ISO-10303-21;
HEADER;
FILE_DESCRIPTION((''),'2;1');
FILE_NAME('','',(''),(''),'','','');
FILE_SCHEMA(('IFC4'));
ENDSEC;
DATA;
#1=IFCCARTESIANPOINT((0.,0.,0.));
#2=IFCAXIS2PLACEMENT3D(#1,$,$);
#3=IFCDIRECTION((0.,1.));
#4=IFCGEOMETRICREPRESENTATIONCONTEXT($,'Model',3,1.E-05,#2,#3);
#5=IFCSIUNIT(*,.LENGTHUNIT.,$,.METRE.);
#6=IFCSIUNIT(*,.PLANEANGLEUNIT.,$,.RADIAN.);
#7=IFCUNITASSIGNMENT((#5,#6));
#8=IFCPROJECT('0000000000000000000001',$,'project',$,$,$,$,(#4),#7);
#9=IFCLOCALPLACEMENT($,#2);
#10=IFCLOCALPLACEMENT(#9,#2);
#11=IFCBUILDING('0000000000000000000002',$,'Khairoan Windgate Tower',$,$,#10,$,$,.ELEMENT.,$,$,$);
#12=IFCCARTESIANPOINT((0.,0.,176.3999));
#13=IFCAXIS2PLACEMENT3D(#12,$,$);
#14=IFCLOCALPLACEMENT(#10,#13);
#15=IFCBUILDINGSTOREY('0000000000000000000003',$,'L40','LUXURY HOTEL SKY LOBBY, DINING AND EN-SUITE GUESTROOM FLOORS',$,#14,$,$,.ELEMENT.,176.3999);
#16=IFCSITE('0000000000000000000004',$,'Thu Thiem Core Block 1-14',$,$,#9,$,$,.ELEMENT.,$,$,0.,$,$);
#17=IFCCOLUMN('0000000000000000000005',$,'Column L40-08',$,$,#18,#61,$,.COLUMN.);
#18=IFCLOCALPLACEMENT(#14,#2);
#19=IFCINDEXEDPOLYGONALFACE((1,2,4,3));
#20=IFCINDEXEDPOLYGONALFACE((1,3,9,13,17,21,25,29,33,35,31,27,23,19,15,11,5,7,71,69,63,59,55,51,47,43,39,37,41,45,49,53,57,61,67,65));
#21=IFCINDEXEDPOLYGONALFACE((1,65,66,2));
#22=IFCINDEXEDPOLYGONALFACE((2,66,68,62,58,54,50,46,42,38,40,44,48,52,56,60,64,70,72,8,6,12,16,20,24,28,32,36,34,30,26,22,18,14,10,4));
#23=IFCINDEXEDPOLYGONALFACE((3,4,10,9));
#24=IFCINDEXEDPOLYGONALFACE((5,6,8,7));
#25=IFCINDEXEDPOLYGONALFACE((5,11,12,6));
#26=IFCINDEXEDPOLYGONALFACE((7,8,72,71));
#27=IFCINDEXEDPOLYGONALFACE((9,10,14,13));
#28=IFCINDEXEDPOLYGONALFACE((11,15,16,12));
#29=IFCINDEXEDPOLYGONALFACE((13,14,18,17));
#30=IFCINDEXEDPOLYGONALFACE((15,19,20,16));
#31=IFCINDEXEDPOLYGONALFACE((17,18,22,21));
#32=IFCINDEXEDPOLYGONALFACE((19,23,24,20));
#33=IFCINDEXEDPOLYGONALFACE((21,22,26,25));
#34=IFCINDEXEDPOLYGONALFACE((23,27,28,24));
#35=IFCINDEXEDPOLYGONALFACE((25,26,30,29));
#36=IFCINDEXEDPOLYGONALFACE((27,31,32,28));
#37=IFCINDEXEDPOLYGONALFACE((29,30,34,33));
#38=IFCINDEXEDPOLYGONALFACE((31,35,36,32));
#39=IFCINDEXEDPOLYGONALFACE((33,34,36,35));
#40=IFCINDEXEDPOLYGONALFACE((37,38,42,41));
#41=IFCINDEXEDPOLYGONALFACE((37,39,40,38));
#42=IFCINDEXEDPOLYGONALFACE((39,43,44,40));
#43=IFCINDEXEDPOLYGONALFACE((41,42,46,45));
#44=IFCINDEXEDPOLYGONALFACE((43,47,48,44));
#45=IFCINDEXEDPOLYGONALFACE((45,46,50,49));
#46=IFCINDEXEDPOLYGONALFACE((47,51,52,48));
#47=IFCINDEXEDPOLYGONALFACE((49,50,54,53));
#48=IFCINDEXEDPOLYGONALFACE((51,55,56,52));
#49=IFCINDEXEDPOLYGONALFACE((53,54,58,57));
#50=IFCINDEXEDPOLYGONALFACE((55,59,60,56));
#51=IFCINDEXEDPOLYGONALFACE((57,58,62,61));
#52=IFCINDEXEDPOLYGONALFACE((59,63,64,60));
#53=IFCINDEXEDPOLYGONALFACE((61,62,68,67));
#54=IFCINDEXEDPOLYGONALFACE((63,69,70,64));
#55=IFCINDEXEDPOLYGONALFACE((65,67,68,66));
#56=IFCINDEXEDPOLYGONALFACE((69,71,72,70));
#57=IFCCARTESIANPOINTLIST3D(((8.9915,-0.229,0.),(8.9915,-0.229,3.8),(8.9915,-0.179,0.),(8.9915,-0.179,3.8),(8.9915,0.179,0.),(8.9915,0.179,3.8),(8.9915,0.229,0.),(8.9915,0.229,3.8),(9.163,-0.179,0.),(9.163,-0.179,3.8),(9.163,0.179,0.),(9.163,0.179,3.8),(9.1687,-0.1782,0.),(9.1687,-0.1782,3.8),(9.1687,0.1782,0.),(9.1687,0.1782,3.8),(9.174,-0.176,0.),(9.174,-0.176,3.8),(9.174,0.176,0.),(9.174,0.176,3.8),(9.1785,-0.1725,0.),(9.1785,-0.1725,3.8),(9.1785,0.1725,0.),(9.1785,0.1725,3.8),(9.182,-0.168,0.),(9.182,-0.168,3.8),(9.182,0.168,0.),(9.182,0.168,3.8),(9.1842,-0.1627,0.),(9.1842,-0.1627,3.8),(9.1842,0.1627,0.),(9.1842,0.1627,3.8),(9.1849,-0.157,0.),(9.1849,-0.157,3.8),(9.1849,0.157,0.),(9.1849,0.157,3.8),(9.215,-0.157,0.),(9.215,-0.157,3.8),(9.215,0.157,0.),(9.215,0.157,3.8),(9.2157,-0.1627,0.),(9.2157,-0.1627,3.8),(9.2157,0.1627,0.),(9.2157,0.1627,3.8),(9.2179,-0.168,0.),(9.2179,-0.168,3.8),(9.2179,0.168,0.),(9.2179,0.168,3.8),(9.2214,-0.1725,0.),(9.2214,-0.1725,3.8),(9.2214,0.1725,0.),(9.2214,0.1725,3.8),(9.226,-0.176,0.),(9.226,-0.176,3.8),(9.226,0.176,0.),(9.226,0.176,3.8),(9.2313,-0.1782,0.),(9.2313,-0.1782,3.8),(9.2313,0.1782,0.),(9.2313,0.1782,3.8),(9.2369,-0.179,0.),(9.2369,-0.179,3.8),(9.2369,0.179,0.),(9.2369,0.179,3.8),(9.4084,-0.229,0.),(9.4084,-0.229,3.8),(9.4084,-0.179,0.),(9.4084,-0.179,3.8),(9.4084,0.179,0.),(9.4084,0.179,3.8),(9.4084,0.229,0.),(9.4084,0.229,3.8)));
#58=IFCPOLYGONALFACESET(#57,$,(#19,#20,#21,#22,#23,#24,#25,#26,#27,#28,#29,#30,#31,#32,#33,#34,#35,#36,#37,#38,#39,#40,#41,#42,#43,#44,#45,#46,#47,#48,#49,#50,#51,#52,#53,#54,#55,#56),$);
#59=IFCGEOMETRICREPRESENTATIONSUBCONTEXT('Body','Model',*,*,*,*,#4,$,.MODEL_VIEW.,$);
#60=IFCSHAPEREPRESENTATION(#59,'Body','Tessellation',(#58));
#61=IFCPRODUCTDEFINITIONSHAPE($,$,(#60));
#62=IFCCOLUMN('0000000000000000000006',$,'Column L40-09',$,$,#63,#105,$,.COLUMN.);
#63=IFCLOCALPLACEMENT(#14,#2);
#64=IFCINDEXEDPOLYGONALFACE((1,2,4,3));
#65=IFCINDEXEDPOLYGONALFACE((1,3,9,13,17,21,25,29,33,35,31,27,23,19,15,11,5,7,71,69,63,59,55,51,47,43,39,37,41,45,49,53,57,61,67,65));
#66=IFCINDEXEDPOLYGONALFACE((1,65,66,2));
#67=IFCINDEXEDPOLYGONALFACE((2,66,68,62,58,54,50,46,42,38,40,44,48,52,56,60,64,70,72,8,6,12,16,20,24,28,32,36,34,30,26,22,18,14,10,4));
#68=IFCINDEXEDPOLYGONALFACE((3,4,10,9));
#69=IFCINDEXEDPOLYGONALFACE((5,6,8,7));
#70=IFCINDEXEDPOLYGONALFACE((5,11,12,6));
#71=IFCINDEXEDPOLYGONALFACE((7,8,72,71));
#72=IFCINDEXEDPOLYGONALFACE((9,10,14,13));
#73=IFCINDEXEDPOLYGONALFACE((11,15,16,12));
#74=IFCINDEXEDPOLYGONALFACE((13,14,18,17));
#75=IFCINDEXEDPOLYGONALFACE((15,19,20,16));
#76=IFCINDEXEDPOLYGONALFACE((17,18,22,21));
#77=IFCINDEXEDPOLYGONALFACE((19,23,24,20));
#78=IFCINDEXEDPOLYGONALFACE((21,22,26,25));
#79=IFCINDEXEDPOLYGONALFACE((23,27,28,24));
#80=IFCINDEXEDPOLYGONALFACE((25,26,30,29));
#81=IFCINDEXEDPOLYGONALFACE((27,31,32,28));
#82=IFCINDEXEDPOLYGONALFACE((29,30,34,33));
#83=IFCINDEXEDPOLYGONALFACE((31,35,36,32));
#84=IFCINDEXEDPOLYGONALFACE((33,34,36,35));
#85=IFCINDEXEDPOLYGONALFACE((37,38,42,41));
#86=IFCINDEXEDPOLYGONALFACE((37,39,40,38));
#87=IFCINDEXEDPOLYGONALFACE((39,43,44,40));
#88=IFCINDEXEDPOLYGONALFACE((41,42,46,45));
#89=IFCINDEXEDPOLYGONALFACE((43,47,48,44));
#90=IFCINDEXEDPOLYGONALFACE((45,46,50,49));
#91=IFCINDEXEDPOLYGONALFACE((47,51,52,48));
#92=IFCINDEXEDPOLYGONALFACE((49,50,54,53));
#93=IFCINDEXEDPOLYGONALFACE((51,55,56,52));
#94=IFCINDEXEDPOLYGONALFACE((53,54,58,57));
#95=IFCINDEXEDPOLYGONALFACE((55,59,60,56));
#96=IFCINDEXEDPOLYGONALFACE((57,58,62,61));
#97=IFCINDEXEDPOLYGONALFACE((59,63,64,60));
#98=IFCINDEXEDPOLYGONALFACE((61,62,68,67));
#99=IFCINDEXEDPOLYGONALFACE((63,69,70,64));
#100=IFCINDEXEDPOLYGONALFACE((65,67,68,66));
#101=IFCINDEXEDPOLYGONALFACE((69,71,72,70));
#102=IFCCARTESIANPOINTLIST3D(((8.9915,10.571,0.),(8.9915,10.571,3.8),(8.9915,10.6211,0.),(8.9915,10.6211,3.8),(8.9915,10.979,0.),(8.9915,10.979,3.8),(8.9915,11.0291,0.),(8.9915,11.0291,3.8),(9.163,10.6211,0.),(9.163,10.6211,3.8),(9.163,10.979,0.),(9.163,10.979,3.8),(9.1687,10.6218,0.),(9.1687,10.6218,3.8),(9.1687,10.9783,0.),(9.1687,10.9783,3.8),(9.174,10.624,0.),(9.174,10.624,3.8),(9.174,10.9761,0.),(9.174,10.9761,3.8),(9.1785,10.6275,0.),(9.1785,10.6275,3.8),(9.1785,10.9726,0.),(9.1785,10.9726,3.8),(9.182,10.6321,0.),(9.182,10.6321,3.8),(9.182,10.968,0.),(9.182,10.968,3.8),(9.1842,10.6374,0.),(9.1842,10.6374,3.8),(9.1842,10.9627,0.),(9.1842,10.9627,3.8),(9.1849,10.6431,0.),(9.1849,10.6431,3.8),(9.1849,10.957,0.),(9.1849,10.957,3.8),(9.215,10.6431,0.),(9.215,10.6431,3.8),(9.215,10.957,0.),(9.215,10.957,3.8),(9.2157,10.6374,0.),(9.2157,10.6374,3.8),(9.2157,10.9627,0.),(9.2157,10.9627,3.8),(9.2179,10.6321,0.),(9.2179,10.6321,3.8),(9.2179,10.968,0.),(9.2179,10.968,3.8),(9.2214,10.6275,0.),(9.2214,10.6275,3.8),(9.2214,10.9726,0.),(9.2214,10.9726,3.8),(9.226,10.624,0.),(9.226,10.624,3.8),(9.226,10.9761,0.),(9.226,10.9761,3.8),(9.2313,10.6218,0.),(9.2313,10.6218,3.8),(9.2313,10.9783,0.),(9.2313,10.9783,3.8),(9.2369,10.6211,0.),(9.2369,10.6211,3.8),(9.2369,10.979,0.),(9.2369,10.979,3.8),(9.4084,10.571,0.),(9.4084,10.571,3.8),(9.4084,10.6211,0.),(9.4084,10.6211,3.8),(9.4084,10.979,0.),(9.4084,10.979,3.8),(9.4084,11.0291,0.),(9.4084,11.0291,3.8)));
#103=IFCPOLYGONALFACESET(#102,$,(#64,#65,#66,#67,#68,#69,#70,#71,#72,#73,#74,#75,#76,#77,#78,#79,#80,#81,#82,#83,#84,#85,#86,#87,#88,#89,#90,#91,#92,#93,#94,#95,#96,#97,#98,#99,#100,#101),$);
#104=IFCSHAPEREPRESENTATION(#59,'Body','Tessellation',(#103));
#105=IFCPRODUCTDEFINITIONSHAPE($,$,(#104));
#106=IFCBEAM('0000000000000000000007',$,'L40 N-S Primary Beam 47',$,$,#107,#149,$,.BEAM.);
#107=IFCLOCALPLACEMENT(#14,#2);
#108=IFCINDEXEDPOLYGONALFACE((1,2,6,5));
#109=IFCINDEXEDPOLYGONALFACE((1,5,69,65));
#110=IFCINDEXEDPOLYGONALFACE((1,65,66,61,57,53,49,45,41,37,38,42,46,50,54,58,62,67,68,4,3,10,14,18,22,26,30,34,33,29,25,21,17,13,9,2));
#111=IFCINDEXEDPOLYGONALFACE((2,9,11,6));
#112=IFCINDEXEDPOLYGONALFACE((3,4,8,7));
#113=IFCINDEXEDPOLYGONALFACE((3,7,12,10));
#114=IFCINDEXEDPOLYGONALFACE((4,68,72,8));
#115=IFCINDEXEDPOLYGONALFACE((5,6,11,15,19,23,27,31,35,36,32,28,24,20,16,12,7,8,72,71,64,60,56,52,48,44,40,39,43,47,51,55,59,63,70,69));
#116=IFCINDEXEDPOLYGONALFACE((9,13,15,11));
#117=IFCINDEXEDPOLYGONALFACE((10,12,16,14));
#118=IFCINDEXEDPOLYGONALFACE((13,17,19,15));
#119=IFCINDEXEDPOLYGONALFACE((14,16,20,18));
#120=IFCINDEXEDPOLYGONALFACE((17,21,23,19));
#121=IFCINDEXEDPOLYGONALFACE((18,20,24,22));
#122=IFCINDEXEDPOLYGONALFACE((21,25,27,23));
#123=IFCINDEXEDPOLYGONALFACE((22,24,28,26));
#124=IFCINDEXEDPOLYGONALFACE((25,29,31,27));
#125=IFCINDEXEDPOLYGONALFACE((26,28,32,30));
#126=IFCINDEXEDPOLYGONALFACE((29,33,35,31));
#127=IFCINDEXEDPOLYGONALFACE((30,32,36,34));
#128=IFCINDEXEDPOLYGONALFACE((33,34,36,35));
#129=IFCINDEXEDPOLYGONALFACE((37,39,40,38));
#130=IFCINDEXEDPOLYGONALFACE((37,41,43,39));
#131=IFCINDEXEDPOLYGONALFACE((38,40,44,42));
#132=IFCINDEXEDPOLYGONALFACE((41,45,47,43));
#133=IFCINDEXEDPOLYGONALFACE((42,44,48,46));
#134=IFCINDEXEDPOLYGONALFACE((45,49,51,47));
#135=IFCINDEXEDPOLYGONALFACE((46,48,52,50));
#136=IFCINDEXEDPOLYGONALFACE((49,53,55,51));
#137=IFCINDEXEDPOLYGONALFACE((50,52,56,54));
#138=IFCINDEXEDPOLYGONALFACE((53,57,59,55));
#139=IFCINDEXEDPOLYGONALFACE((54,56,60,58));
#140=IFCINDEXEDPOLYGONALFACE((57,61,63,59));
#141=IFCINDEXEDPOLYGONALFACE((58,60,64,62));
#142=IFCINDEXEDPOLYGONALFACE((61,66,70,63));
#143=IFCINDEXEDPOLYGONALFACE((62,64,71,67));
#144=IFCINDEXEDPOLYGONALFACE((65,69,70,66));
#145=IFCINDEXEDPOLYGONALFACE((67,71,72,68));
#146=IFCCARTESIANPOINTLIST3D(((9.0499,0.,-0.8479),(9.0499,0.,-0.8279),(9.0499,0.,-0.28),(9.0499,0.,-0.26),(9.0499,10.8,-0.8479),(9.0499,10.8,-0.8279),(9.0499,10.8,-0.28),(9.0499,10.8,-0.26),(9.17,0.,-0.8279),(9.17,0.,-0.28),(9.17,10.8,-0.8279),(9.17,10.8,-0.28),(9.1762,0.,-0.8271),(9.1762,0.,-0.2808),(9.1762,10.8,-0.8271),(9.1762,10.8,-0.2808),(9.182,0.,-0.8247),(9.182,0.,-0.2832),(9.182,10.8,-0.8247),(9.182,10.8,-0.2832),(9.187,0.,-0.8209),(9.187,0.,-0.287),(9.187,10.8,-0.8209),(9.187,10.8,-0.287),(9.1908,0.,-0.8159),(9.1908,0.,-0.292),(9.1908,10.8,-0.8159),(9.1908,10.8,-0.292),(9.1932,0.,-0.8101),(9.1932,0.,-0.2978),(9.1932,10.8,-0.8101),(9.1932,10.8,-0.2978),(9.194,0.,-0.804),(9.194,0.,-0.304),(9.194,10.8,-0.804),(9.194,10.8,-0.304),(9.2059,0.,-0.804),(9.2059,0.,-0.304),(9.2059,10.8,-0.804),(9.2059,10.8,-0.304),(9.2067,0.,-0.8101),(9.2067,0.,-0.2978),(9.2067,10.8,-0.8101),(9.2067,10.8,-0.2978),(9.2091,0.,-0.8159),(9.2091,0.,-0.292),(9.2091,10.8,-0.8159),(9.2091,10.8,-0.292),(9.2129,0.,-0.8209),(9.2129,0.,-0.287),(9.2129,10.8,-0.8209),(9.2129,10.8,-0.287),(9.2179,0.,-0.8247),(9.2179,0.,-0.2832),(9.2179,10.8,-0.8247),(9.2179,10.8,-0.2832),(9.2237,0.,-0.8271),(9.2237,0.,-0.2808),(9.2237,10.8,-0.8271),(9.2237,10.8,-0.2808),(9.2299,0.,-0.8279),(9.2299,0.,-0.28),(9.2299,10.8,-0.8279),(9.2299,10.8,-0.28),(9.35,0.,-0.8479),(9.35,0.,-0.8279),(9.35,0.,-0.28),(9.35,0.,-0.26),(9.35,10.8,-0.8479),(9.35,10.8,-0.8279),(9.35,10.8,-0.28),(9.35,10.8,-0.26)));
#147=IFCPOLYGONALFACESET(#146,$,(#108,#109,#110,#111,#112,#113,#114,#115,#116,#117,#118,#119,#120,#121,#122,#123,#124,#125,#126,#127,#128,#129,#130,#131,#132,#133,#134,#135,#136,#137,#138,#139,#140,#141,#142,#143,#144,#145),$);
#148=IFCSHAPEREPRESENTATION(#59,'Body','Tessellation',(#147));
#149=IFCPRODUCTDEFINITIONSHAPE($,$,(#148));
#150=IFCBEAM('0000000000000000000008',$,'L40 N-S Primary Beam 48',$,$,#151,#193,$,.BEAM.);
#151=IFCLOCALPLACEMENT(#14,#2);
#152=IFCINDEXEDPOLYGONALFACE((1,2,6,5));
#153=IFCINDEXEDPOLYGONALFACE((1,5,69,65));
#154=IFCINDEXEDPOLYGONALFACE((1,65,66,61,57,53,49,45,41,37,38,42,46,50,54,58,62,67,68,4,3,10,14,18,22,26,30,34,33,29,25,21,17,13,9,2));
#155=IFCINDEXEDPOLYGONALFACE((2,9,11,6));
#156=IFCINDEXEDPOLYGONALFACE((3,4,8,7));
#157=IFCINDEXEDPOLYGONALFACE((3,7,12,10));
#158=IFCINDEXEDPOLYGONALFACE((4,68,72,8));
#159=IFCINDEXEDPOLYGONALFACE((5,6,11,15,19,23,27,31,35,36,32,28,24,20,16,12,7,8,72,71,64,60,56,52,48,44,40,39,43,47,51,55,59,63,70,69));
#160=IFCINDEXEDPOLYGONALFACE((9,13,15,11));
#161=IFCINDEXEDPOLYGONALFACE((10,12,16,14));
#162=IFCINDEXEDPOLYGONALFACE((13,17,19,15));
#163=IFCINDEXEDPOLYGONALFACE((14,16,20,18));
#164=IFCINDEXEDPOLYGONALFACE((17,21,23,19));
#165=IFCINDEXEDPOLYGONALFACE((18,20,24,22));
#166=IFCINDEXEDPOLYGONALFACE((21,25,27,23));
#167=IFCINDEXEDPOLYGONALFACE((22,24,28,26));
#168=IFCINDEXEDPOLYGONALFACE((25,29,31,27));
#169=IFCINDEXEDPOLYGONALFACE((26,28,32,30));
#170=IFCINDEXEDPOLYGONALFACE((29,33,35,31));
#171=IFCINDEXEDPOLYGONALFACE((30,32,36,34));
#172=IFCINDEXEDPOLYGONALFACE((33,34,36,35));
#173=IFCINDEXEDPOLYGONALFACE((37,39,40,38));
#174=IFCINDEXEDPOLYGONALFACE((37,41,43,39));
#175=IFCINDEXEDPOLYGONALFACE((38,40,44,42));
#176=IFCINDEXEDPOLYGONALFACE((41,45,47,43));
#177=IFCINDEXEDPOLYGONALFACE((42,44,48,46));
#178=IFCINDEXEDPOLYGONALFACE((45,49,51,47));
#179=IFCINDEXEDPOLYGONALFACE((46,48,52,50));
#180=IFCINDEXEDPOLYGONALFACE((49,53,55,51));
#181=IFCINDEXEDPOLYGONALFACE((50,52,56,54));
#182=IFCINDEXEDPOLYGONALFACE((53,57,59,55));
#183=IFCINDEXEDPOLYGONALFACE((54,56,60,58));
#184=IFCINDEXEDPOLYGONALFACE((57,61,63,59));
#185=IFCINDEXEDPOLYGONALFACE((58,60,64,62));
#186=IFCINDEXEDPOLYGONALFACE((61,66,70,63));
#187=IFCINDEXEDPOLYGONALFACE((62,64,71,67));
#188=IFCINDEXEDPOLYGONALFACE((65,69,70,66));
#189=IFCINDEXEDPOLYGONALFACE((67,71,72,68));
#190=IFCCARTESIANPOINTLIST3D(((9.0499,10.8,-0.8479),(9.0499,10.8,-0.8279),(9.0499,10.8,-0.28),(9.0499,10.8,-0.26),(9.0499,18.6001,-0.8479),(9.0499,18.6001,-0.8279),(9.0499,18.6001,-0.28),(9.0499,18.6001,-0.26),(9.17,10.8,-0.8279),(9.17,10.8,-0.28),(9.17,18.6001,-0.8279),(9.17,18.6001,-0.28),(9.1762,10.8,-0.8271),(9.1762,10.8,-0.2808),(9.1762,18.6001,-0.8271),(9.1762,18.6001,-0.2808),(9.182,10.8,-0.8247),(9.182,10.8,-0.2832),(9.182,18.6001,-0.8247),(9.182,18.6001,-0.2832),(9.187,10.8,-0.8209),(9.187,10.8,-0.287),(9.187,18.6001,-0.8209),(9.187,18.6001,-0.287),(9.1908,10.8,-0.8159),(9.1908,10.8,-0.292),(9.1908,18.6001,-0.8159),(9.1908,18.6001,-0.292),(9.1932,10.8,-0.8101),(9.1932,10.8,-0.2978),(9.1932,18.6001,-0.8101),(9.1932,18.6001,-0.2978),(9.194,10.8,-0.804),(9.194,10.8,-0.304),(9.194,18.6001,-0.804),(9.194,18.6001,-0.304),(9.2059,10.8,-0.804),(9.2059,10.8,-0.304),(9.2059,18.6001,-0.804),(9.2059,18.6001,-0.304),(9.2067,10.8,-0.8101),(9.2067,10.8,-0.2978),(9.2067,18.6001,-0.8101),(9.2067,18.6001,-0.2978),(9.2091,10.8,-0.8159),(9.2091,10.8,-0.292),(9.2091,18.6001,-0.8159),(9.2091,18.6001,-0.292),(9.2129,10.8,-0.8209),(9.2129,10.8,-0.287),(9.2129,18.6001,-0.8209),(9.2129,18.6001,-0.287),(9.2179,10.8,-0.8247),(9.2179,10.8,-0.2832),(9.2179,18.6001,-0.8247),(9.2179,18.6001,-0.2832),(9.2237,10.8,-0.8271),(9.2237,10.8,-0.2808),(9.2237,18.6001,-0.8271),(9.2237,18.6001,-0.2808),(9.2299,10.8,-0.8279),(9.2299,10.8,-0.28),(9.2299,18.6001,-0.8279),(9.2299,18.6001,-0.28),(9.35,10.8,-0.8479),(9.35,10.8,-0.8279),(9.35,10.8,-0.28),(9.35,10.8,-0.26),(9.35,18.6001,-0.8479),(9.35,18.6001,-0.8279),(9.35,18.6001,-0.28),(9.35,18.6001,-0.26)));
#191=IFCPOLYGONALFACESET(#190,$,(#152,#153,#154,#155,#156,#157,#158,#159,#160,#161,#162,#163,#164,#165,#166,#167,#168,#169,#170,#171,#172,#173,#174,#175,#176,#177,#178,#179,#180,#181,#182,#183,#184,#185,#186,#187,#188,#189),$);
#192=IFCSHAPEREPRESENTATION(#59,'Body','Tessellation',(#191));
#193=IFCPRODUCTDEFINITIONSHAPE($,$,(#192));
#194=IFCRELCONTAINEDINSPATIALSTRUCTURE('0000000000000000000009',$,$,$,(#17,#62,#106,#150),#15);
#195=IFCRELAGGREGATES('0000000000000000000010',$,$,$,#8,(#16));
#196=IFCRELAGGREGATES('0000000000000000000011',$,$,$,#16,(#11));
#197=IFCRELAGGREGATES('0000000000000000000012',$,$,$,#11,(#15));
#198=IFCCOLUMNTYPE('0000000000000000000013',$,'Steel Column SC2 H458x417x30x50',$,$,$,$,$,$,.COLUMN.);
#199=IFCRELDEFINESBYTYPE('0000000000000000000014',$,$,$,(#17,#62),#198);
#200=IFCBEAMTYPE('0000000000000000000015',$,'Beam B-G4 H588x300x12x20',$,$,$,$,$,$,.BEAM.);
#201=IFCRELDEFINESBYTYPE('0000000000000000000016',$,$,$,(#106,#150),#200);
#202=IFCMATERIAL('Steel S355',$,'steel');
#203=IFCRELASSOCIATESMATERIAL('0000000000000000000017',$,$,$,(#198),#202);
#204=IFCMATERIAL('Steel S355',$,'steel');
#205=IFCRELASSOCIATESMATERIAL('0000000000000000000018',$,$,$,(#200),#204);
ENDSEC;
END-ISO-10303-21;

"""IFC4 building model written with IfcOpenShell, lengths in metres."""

from ifc_helpers import new_model, si_unit, direction, frame, origin, origin_2d, place, context, subcontext, project, spatial, i_section, extrude, material, material_profile, profile_set, type_object, element, save


model = new_model("IFC4")

# Units and contexts
model_context = context("Model", 3, precision=1e-05, world=origin(), true_north=direction((0.0, 1.0)))
body_context = subcontext(model_context, "Body", "Model", "MODEL_VIEW")
ifc_project = project(units=[si_unit("LENGTHUNIT", "METRE"), si_unit("PLANEANGLEUNIT", "RADIAN")], contexts=[model_context])

# Site, building, storey
site_placement = place(None, origin())
site = spatial("IfcSite", under=ifc_project, at=site_placement, Name="Thu Thiem Core Block 1-14", CompositionType="ELEMENT", RefElevation=0.0)
building_placement = place(site_placement, origin())
building = spatial("IfcBuilding", under=site, at=building_placement, Name="Khairoan Windgate Tower", CompositionType="ELEMENT")
storey_placement = place(building_placement, frame((0.0, 0.0, 176.3999)))
storey = spatial("IfcBuildingStorey", under=building, at=storey_placement, Name="L40", Description="LUXURY HOTEL SKY LOBBY, DINING AND EN-SUITE GUESTROOM FLOORS", CompositionType="ELEMENT", Elevation=176.3999)

# Columns
ifc_material_1 = material(Name="Steel S355", Category="steel")
ifc_material_profile_1 = material_profile(ifc_material_1, i_section(OverallWidth=0.417, OverallDepth=0.458, WebThickness=0.03, FlangeThickness=0.05, FilletRadius=0.022, at=origin_2d()))
ifc_profile_set_1 = profile_set([ifc_material_profile_1], Name="Steel S355")
column_type = type_object("IfcColumnType", Name="Steel Column SC2 H458x417x30x50", PredefinedType="COLUMN", material=ifc_profile_set_1)
for number, where, z_axis, x_axis, name in (
    (1, (9.2, 0.0, 0.0), (0.0, 0.0, 1.0), (1.0, 0.0, 0.0), "Column L40-08"),
    (2, (9.2, 10.8, 0.0), (0.0, 0.0, 1.0), (1.0, 0.0, 0.0), "Column L40-09"),
):
    element("IfcColumn", number, at=place(storey_placement, frame(where, z_axis=z_axis, x_axis=x_axis)), inside=storey, type_object=column_type, Name=name, PredefinedType="COLUMN", context=body_context, shape_type="SweptSolid", body=[
        extrude(i_section(OverallWidth=0.417, OverallDepth=0.458, WebThickness=0.03, FlangeThickness=0.05, FilletRadius=0.022, at=origin_2d()), origin(), (0.0, 0.0, 1.0), 3.8),
    ])

# Beams
ifc_material_2 = material(Name="Steel S355", Category="steel")
ifc_material_profile_2 = material_profile(ifc_material_2, i_section(OverallWidth=0.3, OverallDepth=0.5879, WebThickness=0.012, FlangeThickness=0.02, FilletRadius=0.0239, at=origin_2d()))
ifc_profile_set_2 = profile_set([ifc_material_profile_2], Name="Steel S355")
beam_type_1 = type_object("IfcBeamType", Name="Beam B-G4 H588x300x12x20", PredefinedType="BEAM", material=ifc_profile_set_2)
beam_1_placement = place(storey_placement, frame((9.2, 0.0, -0.554), z_axis=(0.0, 1.0, 0.0), x_axis=(-1.0, 0.0, 0.0)))
element("IfcBeam", 3, at=beam_1_placement, inside=storey, type_object=beam_type_1, Name="L40 N-S Primary Beam 47", PredefinedType="BEAM", context=body_context, shape_type="SweptSolid", body=[
    extrude(i_section(OverallWidth=0.3, OverallDepth=0.5879, WebThickness=0.012, FlangeThickness=0.02, FilletRadius=0.0239, at=origin_2d()), origin(), (0.0, 0.0, 1.0), 10.8),
])
beam_2_placement = place(storey_placement, frame((9.2, 10.8, -0.554), z_axis=(0.0, 1.0, 0.0), x_axis=(-1.0, 0.0, 0.0)))
element("IfcBeam", 4, at=beam_2_placement, inside=storey, type_object=beam_type_1, Name="L40 N-S Primary Beam 48", PredefinedType="BEAM", context=body_context, shape_type="SweptSolid", body=[
    extrude(i_section(OverallWidth=0.3, OverallDepth=0.5879, WebThickness=0.012, FlangeThickness=0.02, FilletRadius=0.0239, at=origin_2d()), origin(), (0.0, 0.0, 1.0), 7.8),
])

save(model, "model.ifc")
